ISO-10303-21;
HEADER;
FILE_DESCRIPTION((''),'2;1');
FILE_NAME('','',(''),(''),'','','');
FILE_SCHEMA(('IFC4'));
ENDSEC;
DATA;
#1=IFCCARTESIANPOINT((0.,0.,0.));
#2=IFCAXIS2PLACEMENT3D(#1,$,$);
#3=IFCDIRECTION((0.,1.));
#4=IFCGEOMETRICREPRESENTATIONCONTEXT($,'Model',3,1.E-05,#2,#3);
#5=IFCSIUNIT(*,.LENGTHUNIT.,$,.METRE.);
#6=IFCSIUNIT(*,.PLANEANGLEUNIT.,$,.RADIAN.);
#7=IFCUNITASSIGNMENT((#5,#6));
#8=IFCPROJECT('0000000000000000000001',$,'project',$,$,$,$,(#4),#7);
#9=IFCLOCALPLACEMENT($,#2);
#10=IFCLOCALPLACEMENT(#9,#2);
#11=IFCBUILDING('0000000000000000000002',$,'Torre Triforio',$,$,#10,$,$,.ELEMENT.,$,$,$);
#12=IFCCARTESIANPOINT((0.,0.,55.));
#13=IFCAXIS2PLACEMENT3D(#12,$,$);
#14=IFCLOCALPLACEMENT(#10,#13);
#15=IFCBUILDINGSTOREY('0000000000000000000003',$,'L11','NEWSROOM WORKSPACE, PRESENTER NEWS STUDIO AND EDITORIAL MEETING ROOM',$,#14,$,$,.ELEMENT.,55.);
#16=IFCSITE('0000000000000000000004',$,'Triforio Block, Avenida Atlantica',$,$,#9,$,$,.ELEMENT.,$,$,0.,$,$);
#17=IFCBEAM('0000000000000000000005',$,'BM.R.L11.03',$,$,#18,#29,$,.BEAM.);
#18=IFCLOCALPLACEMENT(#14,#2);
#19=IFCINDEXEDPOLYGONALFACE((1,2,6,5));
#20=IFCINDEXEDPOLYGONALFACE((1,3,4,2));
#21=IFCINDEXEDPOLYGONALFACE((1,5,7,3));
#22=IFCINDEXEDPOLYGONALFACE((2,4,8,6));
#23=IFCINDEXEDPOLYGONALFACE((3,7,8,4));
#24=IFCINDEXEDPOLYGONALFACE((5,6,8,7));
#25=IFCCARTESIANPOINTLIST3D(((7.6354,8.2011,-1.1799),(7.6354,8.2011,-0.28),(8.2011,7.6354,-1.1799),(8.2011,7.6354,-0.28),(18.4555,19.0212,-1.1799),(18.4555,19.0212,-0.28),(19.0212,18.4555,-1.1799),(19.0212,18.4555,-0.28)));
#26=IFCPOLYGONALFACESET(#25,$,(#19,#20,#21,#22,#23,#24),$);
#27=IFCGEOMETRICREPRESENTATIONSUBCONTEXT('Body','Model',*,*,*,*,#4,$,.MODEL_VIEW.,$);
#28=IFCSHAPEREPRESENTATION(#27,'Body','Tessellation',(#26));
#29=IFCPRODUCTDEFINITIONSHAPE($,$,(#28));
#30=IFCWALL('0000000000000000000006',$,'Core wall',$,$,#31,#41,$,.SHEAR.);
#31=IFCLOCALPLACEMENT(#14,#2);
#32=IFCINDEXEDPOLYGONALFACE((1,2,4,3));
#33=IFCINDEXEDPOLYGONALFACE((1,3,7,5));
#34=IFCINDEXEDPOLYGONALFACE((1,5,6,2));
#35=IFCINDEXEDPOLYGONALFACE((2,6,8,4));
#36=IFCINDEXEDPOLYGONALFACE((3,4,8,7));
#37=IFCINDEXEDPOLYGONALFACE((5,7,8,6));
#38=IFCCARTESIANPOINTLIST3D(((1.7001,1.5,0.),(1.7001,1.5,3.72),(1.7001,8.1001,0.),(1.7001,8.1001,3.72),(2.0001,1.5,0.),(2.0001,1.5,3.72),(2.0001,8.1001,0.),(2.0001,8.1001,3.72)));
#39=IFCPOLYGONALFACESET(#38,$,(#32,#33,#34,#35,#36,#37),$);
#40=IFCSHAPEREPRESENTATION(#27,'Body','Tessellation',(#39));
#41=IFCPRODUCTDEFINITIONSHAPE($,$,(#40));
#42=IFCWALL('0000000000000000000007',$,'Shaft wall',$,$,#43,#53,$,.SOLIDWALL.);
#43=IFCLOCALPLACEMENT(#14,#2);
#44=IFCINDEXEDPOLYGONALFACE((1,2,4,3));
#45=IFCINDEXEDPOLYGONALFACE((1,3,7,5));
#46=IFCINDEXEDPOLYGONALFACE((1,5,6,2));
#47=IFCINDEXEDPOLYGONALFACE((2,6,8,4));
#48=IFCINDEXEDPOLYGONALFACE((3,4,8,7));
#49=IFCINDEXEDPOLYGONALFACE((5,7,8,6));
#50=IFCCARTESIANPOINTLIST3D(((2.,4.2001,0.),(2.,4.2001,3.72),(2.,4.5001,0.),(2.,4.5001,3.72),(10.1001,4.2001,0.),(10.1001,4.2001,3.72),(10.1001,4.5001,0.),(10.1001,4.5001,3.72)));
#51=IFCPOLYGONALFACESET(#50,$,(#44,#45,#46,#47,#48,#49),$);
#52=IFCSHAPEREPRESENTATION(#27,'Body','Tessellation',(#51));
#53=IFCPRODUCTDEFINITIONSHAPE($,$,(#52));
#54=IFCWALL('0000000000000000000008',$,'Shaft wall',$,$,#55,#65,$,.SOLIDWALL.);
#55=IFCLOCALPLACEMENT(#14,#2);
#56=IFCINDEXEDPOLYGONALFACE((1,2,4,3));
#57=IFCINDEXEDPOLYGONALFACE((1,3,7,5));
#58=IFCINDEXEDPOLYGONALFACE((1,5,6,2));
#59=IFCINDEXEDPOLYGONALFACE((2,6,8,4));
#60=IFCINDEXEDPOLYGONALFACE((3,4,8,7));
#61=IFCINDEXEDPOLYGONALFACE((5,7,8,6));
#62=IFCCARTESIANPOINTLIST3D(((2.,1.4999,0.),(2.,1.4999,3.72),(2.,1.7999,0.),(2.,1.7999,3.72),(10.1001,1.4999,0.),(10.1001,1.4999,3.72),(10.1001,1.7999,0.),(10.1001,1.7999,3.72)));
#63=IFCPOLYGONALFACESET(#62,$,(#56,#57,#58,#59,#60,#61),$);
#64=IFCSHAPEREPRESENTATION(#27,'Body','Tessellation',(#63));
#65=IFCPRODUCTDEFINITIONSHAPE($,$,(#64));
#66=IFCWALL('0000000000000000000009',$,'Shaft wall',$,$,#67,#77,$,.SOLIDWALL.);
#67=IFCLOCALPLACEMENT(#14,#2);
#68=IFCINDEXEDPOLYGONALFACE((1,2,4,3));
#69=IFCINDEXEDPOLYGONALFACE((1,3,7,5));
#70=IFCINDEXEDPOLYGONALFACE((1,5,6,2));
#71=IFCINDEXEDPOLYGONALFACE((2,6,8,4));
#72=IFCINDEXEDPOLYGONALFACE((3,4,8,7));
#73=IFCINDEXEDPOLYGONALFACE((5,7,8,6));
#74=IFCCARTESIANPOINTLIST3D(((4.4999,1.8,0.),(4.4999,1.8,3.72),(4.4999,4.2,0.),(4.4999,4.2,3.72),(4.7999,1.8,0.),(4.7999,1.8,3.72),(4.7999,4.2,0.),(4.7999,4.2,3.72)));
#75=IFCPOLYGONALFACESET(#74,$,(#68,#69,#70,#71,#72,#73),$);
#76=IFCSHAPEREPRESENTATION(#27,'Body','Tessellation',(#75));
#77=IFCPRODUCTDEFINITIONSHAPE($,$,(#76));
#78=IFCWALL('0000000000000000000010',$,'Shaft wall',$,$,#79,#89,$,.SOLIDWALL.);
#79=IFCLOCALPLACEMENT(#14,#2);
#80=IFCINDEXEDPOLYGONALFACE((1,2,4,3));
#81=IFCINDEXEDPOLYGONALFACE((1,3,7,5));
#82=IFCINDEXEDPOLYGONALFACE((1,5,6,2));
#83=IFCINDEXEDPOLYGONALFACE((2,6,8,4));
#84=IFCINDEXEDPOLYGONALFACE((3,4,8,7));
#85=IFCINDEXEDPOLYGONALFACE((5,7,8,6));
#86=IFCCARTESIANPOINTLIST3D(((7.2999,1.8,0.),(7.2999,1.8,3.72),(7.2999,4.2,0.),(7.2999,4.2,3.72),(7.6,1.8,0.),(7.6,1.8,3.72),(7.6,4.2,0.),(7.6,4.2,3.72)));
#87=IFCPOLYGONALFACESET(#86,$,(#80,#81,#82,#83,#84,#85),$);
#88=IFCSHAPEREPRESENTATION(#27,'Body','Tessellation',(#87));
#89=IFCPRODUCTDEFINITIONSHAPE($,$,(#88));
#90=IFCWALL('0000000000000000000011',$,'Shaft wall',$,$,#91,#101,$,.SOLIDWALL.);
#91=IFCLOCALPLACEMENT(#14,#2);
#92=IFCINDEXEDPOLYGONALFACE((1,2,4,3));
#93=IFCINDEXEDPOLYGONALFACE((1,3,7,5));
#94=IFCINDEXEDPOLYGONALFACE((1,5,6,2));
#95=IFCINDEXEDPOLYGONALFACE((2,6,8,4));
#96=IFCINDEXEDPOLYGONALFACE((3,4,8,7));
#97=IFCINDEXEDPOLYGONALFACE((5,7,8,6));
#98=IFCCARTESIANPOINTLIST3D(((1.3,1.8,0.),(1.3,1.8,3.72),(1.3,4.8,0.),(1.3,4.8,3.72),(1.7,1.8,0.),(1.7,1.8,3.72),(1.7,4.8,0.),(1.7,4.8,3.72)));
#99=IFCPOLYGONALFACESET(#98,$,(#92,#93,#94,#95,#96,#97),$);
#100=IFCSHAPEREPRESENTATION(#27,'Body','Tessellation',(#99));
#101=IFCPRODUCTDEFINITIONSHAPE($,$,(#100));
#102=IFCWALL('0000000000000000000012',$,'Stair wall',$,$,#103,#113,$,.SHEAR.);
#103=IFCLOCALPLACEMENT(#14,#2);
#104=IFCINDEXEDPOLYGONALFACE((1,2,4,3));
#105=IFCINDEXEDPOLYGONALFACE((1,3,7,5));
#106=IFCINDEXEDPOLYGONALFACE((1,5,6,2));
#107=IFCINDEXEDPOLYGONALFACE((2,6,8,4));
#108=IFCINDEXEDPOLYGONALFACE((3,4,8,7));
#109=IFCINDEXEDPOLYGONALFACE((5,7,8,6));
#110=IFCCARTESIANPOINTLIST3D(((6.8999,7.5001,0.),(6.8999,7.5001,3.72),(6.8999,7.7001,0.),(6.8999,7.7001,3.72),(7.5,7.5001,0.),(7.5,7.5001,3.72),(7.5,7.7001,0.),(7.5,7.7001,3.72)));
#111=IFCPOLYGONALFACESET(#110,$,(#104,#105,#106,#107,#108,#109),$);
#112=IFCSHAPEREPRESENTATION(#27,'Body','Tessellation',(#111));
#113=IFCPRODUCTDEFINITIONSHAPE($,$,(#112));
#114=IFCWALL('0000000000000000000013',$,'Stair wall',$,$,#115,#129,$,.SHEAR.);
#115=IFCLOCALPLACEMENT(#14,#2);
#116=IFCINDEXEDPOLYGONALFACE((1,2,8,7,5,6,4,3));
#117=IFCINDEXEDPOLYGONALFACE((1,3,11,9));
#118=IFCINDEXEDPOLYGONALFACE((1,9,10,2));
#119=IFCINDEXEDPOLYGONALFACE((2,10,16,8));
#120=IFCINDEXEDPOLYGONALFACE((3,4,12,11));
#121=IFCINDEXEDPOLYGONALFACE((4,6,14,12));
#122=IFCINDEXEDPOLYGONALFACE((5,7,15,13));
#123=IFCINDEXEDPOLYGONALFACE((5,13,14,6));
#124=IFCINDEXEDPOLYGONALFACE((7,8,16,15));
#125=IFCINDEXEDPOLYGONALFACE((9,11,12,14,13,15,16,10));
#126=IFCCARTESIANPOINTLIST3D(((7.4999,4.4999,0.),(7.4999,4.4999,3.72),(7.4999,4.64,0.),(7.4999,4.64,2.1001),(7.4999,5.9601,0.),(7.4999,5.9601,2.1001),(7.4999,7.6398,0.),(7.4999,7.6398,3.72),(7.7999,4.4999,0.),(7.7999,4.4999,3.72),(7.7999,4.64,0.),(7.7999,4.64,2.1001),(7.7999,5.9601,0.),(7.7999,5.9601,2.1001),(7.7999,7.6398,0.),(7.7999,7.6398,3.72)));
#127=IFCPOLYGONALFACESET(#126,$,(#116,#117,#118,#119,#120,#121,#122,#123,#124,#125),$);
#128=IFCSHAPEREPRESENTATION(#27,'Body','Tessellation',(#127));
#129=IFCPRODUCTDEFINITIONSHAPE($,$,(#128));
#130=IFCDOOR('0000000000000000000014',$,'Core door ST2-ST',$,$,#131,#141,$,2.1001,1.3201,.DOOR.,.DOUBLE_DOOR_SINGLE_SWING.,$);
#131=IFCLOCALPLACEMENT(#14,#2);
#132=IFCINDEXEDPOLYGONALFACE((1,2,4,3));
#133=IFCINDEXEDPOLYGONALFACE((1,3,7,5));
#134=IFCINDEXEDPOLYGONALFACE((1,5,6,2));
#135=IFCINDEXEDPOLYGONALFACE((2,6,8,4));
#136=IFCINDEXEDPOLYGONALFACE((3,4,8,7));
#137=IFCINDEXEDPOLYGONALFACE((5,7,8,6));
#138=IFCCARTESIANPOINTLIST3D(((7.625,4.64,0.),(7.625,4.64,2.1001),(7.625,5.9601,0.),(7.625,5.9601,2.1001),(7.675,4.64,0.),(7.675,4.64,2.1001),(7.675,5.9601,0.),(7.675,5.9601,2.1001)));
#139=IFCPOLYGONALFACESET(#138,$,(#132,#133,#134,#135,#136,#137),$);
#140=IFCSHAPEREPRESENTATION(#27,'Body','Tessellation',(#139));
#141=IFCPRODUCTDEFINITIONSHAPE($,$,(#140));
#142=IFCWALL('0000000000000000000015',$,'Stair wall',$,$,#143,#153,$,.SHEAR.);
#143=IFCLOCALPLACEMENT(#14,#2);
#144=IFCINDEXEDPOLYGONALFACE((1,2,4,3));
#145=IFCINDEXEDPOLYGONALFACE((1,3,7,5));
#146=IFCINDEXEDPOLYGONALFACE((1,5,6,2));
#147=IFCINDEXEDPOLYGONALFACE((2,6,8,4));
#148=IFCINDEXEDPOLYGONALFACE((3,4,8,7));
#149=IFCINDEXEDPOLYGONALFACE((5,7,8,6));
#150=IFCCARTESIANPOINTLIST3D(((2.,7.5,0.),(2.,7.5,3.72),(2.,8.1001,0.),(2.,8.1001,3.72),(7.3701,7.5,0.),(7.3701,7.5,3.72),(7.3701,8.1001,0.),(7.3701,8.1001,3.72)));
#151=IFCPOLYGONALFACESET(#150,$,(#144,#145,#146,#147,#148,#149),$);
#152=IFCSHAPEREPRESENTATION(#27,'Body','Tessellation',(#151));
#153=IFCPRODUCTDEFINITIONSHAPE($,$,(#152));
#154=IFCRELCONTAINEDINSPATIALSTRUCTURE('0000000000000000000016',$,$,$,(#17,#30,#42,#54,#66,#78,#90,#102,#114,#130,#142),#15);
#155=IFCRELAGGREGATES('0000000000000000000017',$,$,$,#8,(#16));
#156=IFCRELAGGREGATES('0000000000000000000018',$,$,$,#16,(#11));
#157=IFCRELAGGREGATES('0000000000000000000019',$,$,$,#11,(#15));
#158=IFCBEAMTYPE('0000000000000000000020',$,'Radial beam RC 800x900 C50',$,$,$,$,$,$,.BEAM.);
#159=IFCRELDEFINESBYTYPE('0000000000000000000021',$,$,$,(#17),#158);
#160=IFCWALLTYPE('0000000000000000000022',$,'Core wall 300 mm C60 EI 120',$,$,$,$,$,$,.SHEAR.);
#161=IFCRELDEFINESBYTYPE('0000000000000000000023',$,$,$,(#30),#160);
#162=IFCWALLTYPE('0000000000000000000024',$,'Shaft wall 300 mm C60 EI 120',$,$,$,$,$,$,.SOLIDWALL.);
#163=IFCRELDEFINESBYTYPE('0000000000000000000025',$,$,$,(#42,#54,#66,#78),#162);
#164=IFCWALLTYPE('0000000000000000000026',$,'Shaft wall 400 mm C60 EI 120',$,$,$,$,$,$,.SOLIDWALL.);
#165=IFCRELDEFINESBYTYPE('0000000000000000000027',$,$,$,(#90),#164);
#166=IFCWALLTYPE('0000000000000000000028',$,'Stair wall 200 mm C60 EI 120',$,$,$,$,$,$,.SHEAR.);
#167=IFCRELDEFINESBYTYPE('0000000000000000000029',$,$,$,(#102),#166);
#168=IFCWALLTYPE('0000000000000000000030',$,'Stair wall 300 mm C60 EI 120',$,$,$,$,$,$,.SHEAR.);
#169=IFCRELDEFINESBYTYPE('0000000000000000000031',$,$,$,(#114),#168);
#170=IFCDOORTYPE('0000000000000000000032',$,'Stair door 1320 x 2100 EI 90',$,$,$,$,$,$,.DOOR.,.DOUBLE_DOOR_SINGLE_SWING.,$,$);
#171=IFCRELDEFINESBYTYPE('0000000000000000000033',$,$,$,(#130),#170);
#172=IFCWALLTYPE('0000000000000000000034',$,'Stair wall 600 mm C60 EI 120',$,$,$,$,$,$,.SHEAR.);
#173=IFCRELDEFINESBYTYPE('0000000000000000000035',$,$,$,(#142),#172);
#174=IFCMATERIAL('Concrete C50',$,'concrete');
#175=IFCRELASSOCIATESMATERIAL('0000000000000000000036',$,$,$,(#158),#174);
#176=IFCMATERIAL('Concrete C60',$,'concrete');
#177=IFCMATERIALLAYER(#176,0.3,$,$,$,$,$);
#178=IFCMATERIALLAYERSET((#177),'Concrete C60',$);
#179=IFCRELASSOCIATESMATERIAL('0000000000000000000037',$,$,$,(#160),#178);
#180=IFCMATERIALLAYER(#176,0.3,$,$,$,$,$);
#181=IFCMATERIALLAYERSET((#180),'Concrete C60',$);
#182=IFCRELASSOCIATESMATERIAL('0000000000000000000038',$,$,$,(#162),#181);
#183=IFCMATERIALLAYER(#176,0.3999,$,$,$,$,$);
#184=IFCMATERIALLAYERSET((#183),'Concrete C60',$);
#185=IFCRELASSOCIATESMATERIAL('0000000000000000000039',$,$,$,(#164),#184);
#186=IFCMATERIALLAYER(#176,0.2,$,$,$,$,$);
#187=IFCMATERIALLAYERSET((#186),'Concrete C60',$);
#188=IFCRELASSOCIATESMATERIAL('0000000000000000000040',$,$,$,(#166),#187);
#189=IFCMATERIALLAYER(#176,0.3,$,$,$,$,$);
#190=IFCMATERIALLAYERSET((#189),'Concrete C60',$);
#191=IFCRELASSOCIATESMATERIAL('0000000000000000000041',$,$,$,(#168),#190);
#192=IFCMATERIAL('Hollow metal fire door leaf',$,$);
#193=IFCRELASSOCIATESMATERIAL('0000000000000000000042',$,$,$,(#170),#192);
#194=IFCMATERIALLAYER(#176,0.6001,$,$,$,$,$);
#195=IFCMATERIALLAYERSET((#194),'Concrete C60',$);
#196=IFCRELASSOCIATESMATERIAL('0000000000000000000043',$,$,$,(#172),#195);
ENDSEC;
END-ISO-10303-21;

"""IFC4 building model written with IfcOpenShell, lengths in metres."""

from ifc_helpers import new_model, si_unit, direction, frame, frame_2d, origin, origin_2d, place, context, subcontext, project, spatial, rectangle, extrude, material, layer, layer_set, material_profile, profile_set, type_object, element, fill, save


model = new_model("IFC4")

# Units and contexts
model_context = context("Model", 3, precision=1e-05, world=origin(), true_north=direction((0.0, 1.0)))
body_context = subcontext(model_context, "Body", "Model", "MODEL_VIEW")
ifc_project = project(units=[si_unit("LENGTHUNIT", "METRE"), si_unit("PLANEANGLEUNIT", "RADIAN")], contexts=[model_context])

# Site, building, storey
site_placement = place(None, origin())
site = spatial("IfcSite", under=ifc_project, at=site_placement, Name="Triforio Block, Avenida Atlantica", CompositionType="ELEMENT", RefElevation=0.0)
building_placement = place(site_placement, origin())
building = spatial("IfcBuilding", under=site, at=building_placement, Name="Torre Triforio", CompositionType="ELEMENT")
storey_placement = place(building_placement, frame((0.0, 0.0, 55.0)))
storey = spatial("IfcBuildingStorey", under=building, at=storey_placement, Name="L11", Description="NEWSROOM WORKSPACE, PRESENTER NEWS STUDIO AND EDITORIAL MEETING ROOM", CompositionType="ELEMENT", Elevation=55.0)

# Beam
ifc_material_1 = material(Name="Concrete C50", Category="concrete")
ifc_material_profile = material_profile(ifc_material_1, rectangle(XDim=0.8, YDim=0.8999, at=origin_2d()), Name="RC 800x900")
ifc_profile_set = profile_set([ifc_material_profile], Name="Concrete C50")
beam_type = type_object("IfcBeamType", Name="Radial beam RC 800x900 C50", PredefinedType="BEAM", material=ifc_profile_set)
beam_placement = place(storey_placement, frame((7.9182, 7.9182, -0.73), z_axis=(0.707107, 0.707107, 0.0), x_axis=(-0.707107, 0.707107, 0.0)))
element("IfcBeam", 1, at=beam_placement, inside=storey, type_object=beam_type, Name="BM.R.L11.03", PredefinedType="BEAM", context=body_context, shape_type="SweptSolid", body=[
    extrude(rectangle(XDim=0.8, YDim=0.8999, at=origin_2d()), origin(), (0.0, 0.0, 1.0), 15.302),
])

# Walls
ifc_material_2 = material(Name="Concrete C60", Category="concrete")
ifc_layer_1 = layer(ifc_material_2, 0.3)
ifc_layer_set_1 = layer_set([ifc_layer_1], Name="Concrete C60")
wall_type_1 = type_object("IfcWallType", Name="Core wall 300 mm C60 EI 120", PredefinedType="SHEAR", material=ifc_layer_set_1)
wall_1_placement = place(storey_placement, frame((1.8501, 1.5, 0.0), z_axis=(0.0, 0.0, 1.0), x_axis=(0.0, 1.0, 0.0)))
element("IfcWall", 2, at=wall_1_placement, inside=storey, type_object=wall_type_1, Name="Core wall", PredefinedType="SHEAR", context=body_context, shape_type="SweptSolid", body=[
    extrude(rectangle(XDim=6.6001, YDim=0.3, at=frame_2d((3.3, 0.0))), origin(), (0.0, 0.0, 1.0), 3.72),
])
ifc_layer_2 = layer(ifc_material_2, 0.3)
ifc_layer_set_2 = layer_set([ifc_layer_2], Name="Concrete C60")
wall_type_2 = type_object("IfcWallType", Name="Shaft wall 300 mm C60 EI 120", PredefinedType="SOLIDWALL", material=ifc_layer_set_2)
for number, where, z_axis, x_axis, name in (
    (3, (2.0, 4.3501, 0.0), (0.0, 0.0, 1.0), (1.0, 0.0, 0.0), "Shaft wall"),
    (4, (2.0, 1.6499, 0.0), (0.0, 0.0, 1.0), (1.0, 0.0, 0.0), "Shaft wall"),
):
    element("IfcWall", number, at=place(storey_placement, frame(where, z_axis=z_axis, x_axis=x_axis)), inside=storey, type_object=wall_type_2, Name=name, PredefinedType="SOLIDWALL", context=body_context, shape_type="SweptSolid", body=[
        extrude(rectangle(XDim=8.1001, YDim=0.3, at=frame_2d((4.05, 0.0))), origin(), (0.0, 0.0, 1.0), 3.72),
    ])
for number, where, z_axis, x_axis, name in (
    (5, (4.6499, 1.8, 0.0), (0.0, 0.0, 1.0), (0.0, 1.0, 0.0), "Shaft wall"),
    (6, (7.45, 1.8, 0.0), (0.0, 0.0, 1.0), (0.0, 1.0, 0.0), "Shaft wall"),
):
    element("IfcWall", number, at=place(storey_placement, frame(where, z_axis=z_axis, x_axis=x_axis)), inside=storey, type_object=wall_type_2, Name=name, PredefinedType="SOLIDWALL", context=body_context, shape_type="SweptSolid", body=[
        extrude(rectangle(XDim=2.3999, YDim=0.3, at=frame_2d((1.2, 0.0))), origin(), (0.0, 0.0, 1.0), 3.72),
    ])
ifc_layer_3 = layer(ifc_material_2, 0.3999)
ifc_layer_set_3 = layer_set([ifc_layer_3], Name="Concrete C60")
wall_type_3 = type_object("IfcWallType", Name="Shaft wall 400 mm C60 EI 120", PredefinedType="SOLIDWALL", material=ifc_layer_set_3)
wall_2_placement = place(storey_placement, frame((1.5, 1.8, 0.0), z_axis=(0.0, 0.0, 1.0), x_axis=(0.0, 1.0, 0.0)))
element("IfcWall", 7, at=wall_2_placement, inside=storey, type_object=wall_type_3, Name="Shaft wall", PredefinedType="SOLIDWALL", context=body_context, shape_type="SweptSolid", body=[
    extrude(rectangle(XDim=3.0, YDim=0.3999, at=frame_2d((1.5, 0.0))), origin(), (0.0, 0.0, 1.0), 3.72),
])
ifc_layer_4 = layer(ifc_material_2, 0.2)
ifc_layer_set_4 = layer_set([ifc_layer_4], Name="Concrete C60")
wall_type_4 = type_object("IfcWallType", Name="Stair wall 200 mm C60 EI 120", PredefinedType="SHEAR", material=ifc_layer_set_4)
wall_3_placement = place(storey_placement, frame((6.8999, 7.6001, 0.0), z_axis=(0.0, 0.0, 1.0), x_axis=(1.0, 0.0, 0.0)))
element("IfcWall", 8, at=wall_3_placement, inside=storey, type_object=wall_type_4, Name="Stair wall", PredefinedType="SHEAR", context=body_context, shape_type="SweptSolid", body=[
    extrude(rectangle(XDim=0.6001, YDim=0.2, at=frame_2d((0.3, 0.0))), origin(), (0.0, 0.0, 1.0), 3.72),
])

# Wall, opening, door
ifc_layer_5 = layer(ifc_material_2, 0.3)
ifc_layer_set_5 = layer_set([ifc_layer_5], Name="Concrete C60")
wall_type_5 = type_object("IfcWallType", Name="Stair wall 300 mm C60 EI 120", PredefinedType="SHEAR", material=ifc_layer_set_5)
wall_4_placement = place(storey_placement, frame((7.6499, 4.5, 0.0), z_axis=(0.0, 0.0, 1.0), x_axis=(0.0, 1.0, 0.0)))
wall_4 = element("IfcWall", 9, at=wall_4_placement, inside=storey, type_object=wall_type_5, Name="Stair wall", PredefinedType="SHEAR", context=body_context, shape_type="SweptSolid", body=[
    extrude(rectangle(XDim=3.1399, YDim=0.3, at=frame_2d((1.5698, 0.0))), origin(), (0.0, 0.0, 1.0), 3.72),
])
opening_placement = place(wall_4_placement, frame((0.1399, 0.0, 0.0)))
opening = element("IfcOpeningElement", 10, at=opening_placement, cuts=wall_4, PredefinedType="OPENING", context=body_context, shape_type="SweptSolid", body=[
    extrude(rectangle(XDim=1.3201, YDim=2.1001, at=frame_2d((0.6602, 1.05))), frame((0.0, 0.1599, 0.0), z_axis=(0.0, -1.0, 0.0), x_axis=(1.0, 0.0, 0.0)), (0.0, 0.0, 1.0), 0.3201),
])
ifc_material_3 = material(Name="Hollow metal fire door leaf")
door_type = type_object("IfcDoorType", Name="Stair door 1320 x 2100 EI 90", OperationType="DOUBLE_DOOR_SINGLE_SWING", PredefinedType="DOOR", material=ifc_material_3)
door_placement = place(opening_placement, origin())
door = element("IfcDoor", 11, at=door_placement, inside=storey, type_object=door_type, Name="Core door ST2-ST", OperationType="DOUBLE_DOOR_SINGLE_SWING", OverallHeight=2.1001, OverallWidth=1.3201, PredefinedType="DOOR", context=body_context, shape_type="SweptSolid", body=[
    extrude(rectangle(XDim=1.3201, YDim=2.1001, at=frame_2d((0.6602, 1.05))), frame((0.0, 0.0249, 0.0), z_axis=(0.0, -1.0, 0.0), x_axis=(1.0, 0.0, 0.0)), (0.0, 0.0, 1.0), 0.05),
])
fill(opening, door)

# Wall
ifc_layer_6 = layer(ifc_material_2, 0.6001)
ifc_layer_set_6 = layer_set([ifc_layer_6], Name="Concrete C60")
wall_type_6 = type_object("IfcWallType", Name="Stair wall 600 mm C60 EI 120", PredefinedType="SHEAR", material=ifc_layer_set_6)
wall_5_placement = place(storey_placement, frame((2.0, 7.8, 0.0), z_axis=(0.0, 0.0, 1.0), x_axis=(1.0, 0.0, 0.0)))
element("IfcWall", 12, at=wall_5_placement, inside=storey, type_object=wall_type_6, Name="Stair wall", PredefinedType="SHEAR", context=body_context, shape_type="SweptSolid", body=[
    extrude(rectangle(XDim=5.3701, YDim=0.6001, at=frame_2d((2.6851, 0.0))), origin(), (0.0, 0.0, 1.0), 3.72),
])

save(model, "model.ifc")
